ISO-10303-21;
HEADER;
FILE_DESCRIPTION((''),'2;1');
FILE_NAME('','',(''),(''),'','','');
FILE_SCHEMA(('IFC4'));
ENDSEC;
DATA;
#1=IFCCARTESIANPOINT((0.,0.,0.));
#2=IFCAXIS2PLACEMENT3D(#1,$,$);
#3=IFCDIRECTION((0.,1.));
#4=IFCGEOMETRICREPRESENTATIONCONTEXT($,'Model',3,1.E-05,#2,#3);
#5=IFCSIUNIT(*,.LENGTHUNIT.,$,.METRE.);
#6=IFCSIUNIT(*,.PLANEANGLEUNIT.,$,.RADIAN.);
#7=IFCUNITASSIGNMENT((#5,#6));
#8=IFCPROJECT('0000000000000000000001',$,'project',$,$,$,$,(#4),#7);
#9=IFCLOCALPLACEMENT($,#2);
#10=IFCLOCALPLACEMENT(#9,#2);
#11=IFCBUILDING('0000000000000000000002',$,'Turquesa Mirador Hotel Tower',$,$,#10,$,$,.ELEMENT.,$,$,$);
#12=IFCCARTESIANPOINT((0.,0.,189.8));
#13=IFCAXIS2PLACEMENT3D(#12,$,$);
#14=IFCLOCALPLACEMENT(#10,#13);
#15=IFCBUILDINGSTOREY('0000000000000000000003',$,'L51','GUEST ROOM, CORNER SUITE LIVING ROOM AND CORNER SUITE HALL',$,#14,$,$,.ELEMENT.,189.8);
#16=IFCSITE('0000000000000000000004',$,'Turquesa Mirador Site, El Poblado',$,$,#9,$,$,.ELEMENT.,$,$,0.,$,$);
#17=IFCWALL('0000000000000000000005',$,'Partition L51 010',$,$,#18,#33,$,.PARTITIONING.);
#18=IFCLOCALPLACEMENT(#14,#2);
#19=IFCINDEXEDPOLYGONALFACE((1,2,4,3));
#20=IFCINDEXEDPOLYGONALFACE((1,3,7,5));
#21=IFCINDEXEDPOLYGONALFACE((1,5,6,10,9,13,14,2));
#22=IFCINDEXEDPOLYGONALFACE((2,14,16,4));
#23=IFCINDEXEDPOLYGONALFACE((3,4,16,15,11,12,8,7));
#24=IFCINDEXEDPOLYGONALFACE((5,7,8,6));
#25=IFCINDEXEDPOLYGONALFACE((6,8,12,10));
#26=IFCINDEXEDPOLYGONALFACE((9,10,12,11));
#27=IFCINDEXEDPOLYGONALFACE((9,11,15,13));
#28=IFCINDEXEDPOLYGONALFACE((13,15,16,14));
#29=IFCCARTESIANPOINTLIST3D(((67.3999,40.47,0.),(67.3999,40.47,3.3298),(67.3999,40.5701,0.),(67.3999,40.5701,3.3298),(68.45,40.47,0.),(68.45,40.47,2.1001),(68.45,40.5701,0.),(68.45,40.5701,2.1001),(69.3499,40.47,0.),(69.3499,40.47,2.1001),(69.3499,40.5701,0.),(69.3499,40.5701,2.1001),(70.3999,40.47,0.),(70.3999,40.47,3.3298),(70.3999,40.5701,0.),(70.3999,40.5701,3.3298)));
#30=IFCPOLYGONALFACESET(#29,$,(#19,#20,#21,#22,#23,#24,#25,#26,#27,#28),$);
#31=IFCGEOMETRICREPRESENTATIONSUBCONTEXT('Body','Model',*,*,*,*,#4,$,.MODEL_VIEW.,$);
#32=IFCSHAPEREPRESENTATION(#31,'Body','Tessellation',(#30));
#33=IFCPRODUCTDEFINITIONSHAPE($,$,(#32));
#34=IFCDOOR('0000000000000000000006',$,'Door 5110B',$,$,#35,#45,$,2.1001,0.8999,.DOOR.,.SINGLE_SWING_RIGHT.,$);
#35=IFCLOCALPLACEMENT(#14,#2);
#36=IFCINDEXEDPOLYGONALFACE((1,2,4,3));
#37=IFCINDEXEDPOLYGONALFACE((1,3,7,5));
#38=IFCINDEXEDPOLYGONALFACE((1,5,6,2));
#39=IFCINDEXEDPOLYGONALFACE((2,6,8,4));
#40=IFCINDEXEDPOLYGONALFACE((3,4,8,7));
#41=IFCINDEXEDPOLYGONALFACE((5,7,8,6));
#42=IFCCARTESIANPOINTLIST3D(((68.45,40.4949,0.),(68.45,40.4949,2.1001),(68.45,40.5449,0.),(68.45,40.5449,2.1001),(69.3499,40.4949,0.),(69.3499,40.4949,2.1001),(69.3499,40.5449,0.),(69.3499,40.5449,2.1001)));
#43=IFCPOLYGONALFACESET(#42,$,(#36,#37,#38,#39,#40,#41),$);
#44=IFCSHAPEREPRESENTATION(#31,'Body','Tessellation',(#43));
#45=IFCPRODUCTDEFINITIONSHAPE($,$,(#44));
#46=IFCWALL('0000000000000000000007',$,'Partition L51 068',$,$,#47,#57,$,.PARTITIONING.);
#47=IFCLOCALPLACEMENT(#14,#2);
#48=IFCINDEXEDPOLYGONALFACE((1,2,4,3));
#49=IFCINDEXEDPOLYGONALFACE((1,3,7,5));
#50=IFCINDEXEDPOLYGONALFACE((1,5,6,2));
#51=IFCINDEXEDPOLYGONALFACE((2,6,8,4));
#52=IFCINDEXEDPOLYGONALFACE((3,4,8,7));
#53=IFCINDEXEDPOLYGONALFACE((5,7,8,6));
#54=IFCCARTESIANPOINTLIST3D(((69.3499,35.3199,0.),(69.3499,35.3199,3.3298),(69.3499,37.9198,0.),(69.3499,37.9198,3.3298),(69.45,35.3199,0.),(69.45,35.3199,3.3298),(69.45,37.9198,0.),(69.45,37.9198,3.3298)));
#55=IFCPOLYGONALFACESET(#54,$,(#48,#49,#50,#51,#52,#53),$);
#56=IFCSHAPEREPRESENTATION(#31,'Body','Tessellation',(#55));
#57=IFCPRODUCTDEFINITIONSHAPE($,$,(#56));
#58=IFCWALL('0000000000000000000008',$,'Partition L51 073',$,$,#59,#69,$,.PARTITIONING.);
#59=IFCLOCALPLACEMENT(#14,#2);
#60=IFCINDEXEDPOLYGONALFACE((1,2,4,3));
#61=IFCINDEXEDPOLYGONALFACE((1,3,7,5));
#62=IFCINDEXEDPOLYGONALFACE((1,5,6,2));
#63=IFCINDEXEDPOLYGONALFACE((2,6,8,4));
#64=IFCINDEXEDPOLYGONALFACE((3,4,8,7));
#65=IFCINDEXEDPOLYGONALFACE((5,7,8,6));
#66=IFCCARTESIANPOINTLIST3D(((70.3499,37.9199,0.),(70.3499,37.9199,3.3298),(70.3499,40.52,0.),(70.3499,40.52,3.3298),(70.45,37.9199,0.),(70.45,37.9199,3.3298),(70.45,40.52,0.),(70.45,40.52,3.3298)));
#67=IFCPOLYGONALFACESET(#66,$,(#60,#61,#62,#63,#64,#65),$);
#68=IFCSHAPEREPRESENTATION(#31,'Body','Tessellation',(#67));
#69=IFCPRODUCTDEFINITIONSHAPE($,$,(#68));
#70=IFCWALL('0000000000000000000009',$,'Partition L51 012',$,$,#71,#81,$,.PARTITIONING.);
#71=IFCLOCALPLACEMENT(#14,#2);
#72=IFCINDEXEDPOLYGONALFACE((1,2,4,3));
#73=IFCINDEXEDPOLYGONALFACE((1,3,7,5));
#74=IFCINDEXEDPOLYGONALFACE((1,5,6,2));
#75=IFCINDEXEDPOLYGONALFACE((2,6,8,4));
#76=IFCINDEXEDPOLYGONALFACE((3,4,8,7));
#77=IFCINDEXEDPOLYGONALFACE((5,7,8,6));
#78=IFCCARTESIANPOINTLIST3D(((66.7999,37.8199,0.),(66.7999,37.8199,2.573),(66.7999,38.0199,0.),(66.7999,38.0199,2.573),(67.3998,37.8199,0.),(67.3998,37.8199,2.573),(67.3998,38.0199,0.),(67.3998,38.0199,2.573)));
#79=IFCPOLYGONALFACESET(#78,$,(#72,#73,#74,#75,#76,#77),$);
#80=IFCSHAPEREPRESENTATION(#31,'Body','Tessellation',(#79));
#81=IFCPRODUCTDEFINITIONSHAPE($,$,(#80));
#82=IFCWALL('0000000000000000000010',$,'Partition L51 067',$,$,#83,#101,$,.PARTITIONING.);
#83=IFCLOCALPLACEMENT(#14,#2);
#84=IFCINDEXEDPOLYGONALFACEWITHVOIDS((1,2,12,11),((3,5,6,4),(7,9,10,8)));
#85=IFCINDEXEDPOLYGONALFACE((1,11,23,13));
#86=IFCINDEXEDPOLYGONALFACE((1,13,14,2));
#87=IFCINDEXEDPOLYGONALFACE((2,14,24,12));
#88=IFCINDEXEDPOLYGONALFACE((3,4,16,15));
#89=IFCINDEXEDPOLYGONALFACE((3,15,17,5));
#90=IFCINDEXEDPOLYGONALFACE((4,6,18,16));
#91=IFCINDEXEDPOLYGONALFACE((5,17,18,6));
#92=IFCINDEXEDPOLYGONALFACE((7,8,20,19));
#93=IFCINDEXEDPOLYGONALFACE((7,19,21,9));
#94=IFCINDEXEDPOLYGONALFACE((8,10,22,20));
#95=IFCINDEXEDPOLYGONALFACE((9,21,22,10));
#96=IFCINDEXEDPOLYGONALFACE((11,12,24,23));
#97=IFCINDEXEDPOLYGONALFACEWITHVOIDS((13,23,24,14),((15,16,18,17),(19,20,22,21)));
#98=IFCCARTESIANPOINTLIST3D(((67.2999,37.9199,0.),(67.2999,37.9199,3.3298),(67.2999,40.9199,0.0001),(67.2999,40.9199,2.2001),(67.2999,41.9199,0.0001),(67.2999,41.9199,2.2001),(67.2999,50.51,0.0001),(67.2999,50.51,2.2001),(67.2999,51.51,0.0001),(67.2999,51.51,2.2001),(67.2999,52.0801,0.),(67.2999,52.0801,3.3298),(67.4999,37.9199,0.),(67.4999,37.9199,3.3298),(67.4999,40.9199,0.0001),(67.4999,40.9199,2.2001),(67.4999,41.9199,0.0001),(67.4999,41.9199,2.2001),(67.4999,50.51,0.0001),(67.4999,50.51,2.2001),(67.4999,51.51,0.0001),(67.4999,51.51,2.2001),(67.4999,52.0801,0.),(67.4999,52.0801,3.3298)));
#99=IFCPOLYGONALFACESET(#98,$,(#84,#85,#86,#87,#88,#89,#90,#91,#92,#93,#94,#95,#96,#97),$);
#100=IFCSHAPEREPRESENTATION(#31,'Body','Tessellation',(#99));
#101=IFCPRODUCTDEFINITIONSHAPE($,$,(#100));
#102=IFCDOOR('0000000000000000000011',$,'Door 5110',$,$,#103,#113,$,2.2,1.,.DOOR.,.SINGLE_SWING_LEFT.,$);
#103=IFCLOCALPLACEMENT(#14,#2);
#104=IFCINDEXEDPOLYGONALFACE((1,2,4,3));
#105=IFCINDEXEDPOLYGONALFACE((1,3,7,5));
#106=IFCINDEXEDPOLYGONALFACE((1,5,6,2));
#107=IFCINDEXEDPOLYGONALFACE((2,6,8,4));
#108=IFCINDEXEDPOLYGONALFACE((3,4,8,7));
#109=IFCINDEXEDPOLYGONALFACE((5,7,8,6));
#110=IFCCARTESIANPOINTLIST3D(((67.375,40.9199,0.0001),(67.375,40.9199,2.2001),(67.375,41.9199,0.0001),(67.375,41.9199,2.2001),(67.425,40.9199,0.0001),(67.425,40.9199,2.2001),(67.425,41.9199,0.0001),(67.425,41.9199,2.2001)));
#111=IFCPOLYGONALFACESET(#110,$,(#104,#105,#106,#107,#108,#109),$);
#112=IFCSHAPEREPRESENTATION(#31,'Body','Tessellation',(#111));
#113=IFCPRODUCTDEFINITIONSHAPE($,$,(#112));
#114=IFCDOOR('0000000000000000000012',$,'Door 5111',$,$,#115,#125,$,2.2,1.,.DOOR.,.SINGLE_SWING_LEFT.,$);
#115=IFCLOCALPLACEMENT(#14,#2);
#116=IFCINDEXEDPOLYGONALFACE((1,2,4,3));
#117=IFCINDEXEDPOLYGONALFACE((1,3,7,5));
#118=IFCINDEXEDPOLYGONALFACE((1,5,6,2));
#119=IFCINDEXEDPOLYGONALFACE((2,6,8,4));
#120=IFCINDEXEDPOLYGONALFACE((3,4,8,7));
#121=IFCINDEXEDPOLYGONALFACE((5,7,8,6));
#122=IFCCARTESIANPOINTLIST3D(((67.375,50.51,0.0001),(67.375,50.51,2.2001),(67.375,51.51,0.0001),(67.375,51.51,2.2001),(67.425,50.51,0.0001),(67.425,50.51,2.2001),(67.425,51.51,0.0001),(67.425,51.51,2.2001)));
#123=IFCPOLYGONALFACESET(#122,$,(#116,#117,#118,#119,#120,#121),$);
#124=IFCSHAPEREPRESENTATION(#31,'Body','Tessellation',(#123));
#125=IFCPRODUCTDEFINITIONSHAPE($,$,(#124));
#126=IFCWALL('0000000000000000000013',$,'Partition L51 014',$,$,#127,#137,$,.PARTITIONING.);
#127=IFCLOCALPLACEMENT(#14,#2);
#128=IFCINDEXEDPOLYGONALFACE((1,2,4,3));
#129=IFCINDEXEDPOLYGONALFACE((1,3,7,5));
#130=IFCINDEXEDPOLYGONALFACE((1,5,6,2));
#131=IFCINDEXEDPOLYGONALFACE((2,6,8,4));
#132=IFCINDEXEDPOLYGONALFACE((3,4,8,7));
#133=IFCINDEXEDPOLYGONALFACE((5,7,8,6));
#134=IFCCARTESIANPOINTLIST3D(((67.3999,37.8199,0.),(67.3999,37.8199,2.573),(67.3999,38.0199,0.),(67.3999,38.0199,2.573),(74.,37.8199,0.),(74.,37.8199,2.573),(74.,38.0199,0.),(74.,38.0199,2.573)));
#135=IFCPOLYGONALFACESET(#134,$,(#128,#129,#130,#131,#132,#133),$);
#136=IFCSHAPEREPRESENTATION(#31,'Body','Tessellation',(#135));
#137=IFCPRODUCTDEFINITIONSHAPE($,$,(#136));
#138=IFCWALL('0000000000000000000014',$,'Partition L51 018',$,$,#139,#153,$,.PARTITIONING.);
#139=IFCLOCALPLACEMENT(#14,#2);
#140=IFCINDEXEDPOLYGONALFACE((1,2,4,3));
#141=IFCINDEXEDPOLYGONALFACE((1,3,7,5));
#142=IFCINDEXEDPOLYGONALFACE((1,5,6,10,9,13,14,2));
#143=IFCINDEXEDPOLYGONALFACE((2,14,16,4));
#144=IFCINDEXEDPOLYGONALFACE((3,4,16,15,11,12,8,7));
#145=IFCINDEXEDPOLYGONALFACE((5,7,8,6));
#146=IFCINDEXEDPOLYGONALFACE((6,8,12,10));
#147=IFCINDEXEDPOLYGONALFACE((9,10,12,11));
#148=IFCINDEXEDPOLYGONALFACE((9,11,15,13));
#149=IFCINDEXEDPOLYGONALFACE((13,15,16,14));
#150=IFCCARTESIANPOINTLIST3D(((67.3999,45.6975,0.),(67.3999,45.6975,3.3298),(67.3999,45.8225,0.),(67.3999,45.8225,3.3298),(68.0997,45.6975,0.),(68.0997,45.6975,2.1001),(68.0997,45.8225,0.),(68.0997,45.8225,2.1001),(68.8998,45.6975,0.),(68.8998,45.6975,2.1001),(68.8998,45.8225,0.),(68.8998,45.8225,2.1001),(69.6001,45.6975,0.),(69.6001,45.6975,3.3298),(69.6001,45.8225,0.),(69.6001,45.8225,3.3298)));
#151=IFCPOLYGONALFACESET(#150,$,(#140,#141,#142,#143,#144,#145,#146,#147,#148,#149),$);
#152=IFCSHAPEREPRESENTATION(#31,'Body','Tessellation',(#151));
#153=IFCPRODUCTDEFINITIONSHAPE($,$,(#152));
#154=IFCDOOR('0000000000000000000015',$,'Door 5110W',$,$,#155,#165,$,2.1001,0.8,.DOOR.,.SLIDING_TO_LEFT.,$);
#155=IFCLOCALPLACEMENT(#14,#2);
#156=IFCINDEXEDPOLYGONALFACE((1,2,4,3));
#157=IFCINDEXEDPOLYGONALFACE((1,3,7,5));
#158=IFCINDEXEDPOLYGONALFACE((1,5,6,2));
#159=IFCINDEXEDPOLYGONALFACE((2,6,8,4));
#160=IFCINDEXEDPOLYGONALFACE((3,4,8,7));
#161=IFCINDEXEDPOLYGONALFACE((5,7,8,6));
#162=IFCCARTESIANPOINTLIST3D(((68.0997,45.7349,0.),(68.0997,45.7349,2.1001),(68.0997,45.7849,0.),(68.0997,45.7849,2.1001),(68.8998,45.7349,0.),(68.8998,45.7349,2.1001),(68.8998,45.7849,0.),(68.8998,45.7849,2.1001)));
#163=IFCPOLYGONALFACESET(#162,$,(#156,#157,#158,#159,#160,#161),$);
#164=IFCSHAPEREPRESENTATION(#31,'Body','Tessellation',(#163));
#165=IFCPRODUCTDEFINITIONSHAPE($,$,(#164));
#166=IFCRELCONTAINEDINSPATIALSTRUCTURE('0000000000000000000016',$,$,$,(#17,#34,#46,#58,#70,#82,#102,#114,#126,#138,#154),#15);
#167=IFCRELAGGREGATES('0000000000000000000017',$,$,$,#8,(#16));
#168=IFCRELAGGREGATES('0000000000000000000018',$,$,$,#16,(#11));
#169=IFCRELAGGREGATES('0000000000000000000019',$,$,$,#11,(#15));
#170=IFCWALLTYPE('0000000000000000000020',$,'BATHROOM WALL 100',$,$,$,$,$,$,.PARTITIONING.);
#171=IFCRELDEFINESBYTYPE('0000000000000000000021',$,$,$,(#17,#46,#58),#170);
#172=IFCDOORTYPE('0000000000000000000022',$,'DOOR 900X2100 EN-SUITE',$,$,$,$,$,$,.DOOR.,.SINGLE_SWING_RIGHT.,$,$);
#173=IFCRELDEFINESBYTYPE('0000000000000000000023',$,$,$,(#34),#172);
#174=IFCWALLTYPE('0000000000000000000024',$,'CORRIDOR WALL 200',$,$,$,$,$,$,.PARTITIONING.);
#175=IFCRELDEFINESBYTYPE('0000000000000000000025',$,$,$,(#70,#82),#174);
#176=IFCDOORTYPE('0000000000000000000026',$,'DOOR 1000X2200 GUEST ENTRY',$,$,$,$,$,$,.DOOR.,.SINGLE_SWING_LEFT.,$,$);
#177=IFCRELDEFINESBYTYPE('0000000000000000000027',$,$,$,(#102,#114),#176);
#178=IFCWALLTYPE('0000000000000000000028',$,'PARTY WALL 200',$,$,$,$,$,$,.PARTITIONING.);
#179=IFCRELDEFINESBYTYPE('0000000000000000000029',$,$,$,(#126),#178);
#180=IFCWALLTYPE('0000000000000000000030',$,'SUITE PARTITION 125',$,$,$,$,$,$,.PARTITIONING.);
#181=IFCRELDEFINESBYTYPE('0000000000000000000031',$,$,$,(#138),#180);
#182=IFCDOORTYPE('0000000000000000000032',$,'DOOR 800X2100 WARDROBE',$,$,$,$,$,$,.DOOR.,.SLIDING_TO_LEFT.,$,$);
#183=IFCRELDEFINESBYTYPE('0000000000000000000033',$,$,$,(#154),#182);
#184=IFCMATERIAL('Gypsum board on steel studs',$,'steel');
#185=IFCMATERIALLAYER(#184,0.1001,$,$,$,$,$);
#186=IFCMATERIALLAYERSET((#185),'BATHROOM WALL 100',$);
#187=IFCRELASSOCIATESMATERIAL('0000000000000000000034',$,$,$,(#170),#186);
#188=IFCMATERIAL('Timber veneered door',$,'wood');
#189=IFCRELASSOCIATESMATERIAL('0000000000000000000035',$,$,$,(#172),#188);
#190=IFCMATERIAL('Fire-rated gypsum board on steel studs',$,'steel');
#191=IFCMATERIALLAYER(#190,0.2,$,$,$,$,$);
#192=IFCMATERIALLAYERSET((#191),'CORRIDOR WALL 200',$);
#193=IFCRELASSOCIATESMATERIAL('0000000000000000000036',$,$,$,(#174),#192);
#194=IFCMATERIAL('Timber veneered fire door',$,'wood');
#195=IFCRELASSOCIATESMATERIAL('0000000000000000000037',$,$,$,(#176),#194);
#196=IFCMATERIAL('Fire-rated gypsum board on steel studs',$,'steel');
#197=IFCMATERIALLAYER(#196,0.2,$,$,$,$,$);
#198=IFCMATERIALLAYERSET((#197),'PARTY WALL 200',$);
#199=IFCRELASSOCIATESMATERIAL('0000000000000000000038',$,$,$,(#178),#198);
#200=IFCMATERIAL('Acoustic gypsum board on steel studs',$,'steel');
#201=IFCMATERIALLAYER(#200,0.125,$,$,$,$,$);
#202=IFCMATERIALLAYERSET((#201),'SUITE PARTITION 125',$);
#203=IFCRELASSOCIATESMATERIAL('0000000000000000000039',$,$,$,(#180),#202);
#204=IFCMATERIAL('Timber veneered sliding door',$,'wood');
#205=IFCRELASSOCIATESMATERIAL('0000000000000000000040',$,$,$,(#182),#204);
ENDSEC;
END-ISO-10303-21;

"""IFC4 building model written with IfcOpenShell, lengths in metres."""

from ifc_helpers import new_model, si_unit, direction, frame, frame_2d, origin, place, context, subcontext, project, spatial, rectangle, extrude, material, layer, layer_set, type_object, element, fill, save


model = new_model("IFC4")

# Units and contexts
model_context = context("Model", 3, precision=1e-05, world=origin(), true_north=direction((0.0, 1.0)))
body_context = subcontext(model_context, "Body", "Model", "MODEL_VIEW")
ifc_project = project(units=[si_unit("LENGTHUNIT", "METRE"), si_unit("PLANEANGLEUNIT", "RADIAN")], contexts=[model_context])

# Site, building, storey
site_placement = place(None, origin())
site = spatial("IfcSite", under=ifc_project, at=site_placement, Name="Turquesa Mirador Site, El Poblado", CompositionType="ELEMENT", RefElevation=0.0)
building_placement = place(site_placement, origin())
building = spatial("IfcBuilding", under=site, at=building_placement, Name="Turquesa Mirador Hotel Tower", CompositionType="ELEMENT")
storey_placement = place(building_placement, frame((0.0, 0.0, 189.8)))
storey = spatial("IfcBuildingStorey", under=building, at=storey_placement, Name="L51", Description="GUEST ROOM, CORNER SUITE LIVING ROOM AND CORNER SUITE HALL", CompositionType="ELEMENT", Elevation=189.8)

# Wall, opening, door
ifc_material_1 = material(Name="Gypsum board on steel studs", Category="steel")
ifc_layer_1 = layer(ifc_material_1, 0.1001)
ifc_layer_set_1 = layer_set([ifc_layer_1], Name="BATHROOM WALL 100")
wall_type_1 = type_object("IfcWallType", Name="BATHROOM WALL 100", PredefinedType="PARTITIONING", material=ifc_layer_set_1)
wall_1_placement = place(storey_placement, frame((67.3999, 40.52, 0.0), z_axis=(0.0, 0.0, 1.0), x_axis=(1.0, 0.0, 0.0)))
wall_1 = element("IfcWall", 1, at=wall_1_placement, inside=storey, type_object=wall_type_1, Name="Partition L51 010", PredefinedType="PARTITIONING", context=body_context, shape_type="SweptSolid", body=[
    extrude(rectangle(XDim=3.0, YDim=0.1001, at=frame_2d((1.5, 0.0))), origin(), (0.0, 0.0, 1.0), 3.3298),
])
opening_1_placement = place(wall_1_placement, frame((1.05, 0.0, 0.0)))
opening_1 = element("IfcOpeningElement", 2, at=opening_1_placement, cuts=wall_1, PredefinedType="OPENING", context=body_context, shape_type="SweptSolid", body=[
    extrude(rectangle(XDim=0.8999, YDim=2.1001, at=frame_2d((0.45, 1.05))), frame((0.0, 0.0601, 0.0), z_axis=(0.0, -1.0, 0.0), x_axis=(1.0, 0.0, 0.0)), (0.0, 0.0, 1.0), 0.1201),
])
ifc_material_2 = material(Name="Timber veneered door", Category="wood")
door_type_1 = type_object("IfcDoorType", Name="DOOR 900X2100 EN-SUITE", OperationType="SINGLE_SWING_RIGHT", PredefinedType="DOOR", material=ifc_material_2)
door_1_placement = place(opening_1_placement, origin())
door_1 = element("IfcDoor", 3, at=door_1_placement, inside=storey, type_object=door_type_1, Name="Door 5110B", OperationType="SINGLE_SWING_RIGHT", OverallHeight=2.1001, OverallWidth=0.8999, PredefinedType="DOOR", context=body_context, shape_type="SweptSolid", body=[
    extrude(rectangle(XDim=0.8999, YDim=2.1001, at=frame_2d((0.45, 1.05))), frame((0.0, 0.0249, 0.0), z_axis=(0.0, -1.0, 0.0), x_axis=(1.0, 0.0, 0.0)), (0.0, 0.0, 1.0), 0.05),
])
fill(opening_1, door_1)

# Walls
wall_2_placement = place(storey_placement, frame((69.3999, 35.3201, 0.0), z_axis=(0.0, 0.0, 1.0), x_axis=(0.0, 1.0, 0.0)))
element("IfcWall", 4, at=wall_2_placement, inside=storey, type_object=wall_type_1, Name="Partition L51 068", PredefinedType="PARTITIONING", context=body_context, shape_type="SweptSolid", body=[
    extrude(rectangle(XDim=2.5999, YDim=0.1001, at=frame_2d((1.2998, 0.0))), origin(), (0.0, 0.0, 1.0), 3.3298),
])
wall_3_placement = place(storey_placement, frame((70.3999, 37.9199, 0.0), z_axis=(0.0, 0.0, 1.0), x_axis=(0.0, 1.0, 0.0)))
element("IfcWall", 5, at=wall_3_placement, inside=storey, type_object=wall_type_1, Name="Partition L51 073", PredefinedType="PARTITIONING", context=body_context, shape_type="SweptSolid", body=[
    extrude(rectangle(XDim=2.6001, YDim=0.1001, at=frame_2d((1.3, 0.0))), origin(), (0.0, 0.0, 1.0), 3.3298),
])
ifc_material_3 = material(Name="Fire-rated gypsum board on steel studs", Category="steel")
ifc_layer_2 = layer(ifc_material_3, 0.2)
ifc_layer_set_2 = layer_set([ifc_layer_2], Name="CORRIDOR WALL 200")
wall_type_2 = type_object("IfcWallType", Name="CORRIDOR WALL 200", PredefinedType="PARTITIONING", material=ifc_layer_set_2)
wall_4_placement = place(storey_placement, frame((66.8, 37.9199, 0.0), z_axis=(0.0, 0.0, 1.0), x_axis=(1.0, 0.0, 0.0)))
element("IfcWall", 6, at=wall_4_placement, inside=storey, type_object=wall_type_2, Name="Partition L51 012", PredefinedType="PARTITIONING", context=body_context, shape_type="SweptSolid", body=[
    extrude(rectangle(XDim=0.5999, YDim=0.2, at=frame_2d((0.2998, 0.0))), origin(), (0.0, 0.0, 1.0), 2.573),
])

# Wall, openings, doors
wall_5_placement = place(storey_placement, frame((67.3999, 37.9199, 0.0), z_axis=(0.0, 0.0, 1.0), x_axis=(0.0, 1.0, 0.0)))
wall_5 = element("IfcWall", 7, at=wall_5_placement, inside=storey, type_object=wall_type_2, Name="Partition L51 067", PredefinedType="PARTITIONING", context=body_context, shape_type="SweptSolid", body=[
    extrude(rectangle(XDim=14.1602, YDim=0.2, at=frame_2d((7.0801, 0.0))), origin(), (0.0, 0.0, 1.0), 3.3298),
])
opening_2_placement = place(wall_5_placement, frame((3.0, 0.0, 0.0)))
opening_2 = element("IfcOpeningElement", 8, at=opening_2_placement, cuts=wall_5, PredefinedType="OPENING", context=body_context, shape_type="SweptSolid", body=[
    extrude(rectangle(XDim=1.0, YDim=2.2, at=frame_2d((0.5, 1.1001))), frame((0.0, 0.1099, 0.0), z_axis=(0.0, -1.0, 0.0), x_axis=(1.0, 0.0, 0.0)), (0.0, 0.0, 1.0), 0.22),
])
opening_3_placement = place(wall_5_placement, frame((12.5901, 0.0, 0.0)))
opening_3 = element("IfcOpeningElement", 9, at=opening_3_placement, cuts=wall_5, PredefinedType="OPENING", context=body_context, shape_type="SweptSolid", body=[
    extrude(rectangle(XDim=1.0, YDim=2.2, at=frame_2d((0.5, 1.1001))), frame((0.0, 0.1099, 0.0), z_axis=(0.0, -1.0, 0.0), x_axis=(1.0, 0.0, 0.0)), (0.0, 0.0, 1.0), 0.22),
])
ifc_material_4 = material(Name="Timber veneered fire door", Category="wood")
door_type_2 = type_object("IfcDoorType", Name="DOOR 1000X2200 GUEST ENTRY", OperationType="SINGLE_SWING_LEFT", PredefinedType="DOOR", material=ifc_material_4)
door_2_placement = place(opening_2_placement, origin())
door_2 = element("IfcDoor", 10, at=door_2_placement, inside=storey, type_object=door_type_2, Name="Door 5110", OperationType="SINGLE_SWING_LEFT", OverallHeight=2.2, OverallWidth=1.0, PredefinedType="DOOR", context=body_context, shape_type="SweptSolid", body=[
    extrude(rectangle(XDim=1.0, YDim=2.2, at=frame_2d((0.5, 1.1001))), frame((0.0, 0.0249, 0.0), z_axis=(0.0, -1.0, 0.0), x_axis=(1.0, 0.0, 0.0)), (0.0, 0.0, 1.0), 0.05),
])
fill(opening_2, door_2)
door_3_placement = place(opening_3_placement, origin())
door_3 = element("IfcDoor", 11, at=door_3_placement, inside=storey, type_object=door_type_2, Name="Door 5111", OperationType="SINGLE_SWING_LEFT", OverallHeight=2.2, OverallWidth=1.0, PredefinedType="DOOR", context=body_context, shape_type="SweptSolid", body=[
    extrude(rectangle(XDim=1.0, YDim=2.2, at=frame_2d((0.5, 1.1001))), frame((0.0, 0.0249, 0.0), z_axis=(0.0, -1.0, 0.0), x_axis=(1.0, 0.0, 0.0)), (0.0, 0.0, 1.0), 0.05),
])
fill(opening_3, door_3)

# Wall
ifc_material_5 = material(Name="Fire-rated gypsum board on steel studs", Category="steel")
ifc_layer_3 = layer(ifc_material_5, 0.2)
ifc_layer_set_3 = layer_set([ifc_layer_3], Name="PARTY WALL 200")
wall_type_3 = type_object("IfcWallType", Name="PARTY WALL 200", PredefinedType="PARTITIONING", material=ifc_layer_set_3)
wall_6_placement = place(storey_placement, frame((67.3999, 37.9199, 0.0), z_axis=(0.0, 0.0, 1.0), x_axis=(1.0, 0.0, 0.0)))
element("IfcWall", 12, at=wall_6_placement, inside=storey, type_object=wall_type_3, Name="Partition L51 014", PredefinedType="PARTITIONING", context=body_context, shape_type="SweptSolid", body=[
    extrude(rectangle(XDim=6.6001, YDim=0.2, at=frame_2d((3.3, 0.0))), origin(), (0.0, 0.0, 1.0), 2.573),
])

# Wall, opening, door
ifc_material_6 = material(Name="Acoustic gypsum board on steel studs", Category="steel")
ifc_layer_4 = layer(ifc_material_6, 0.125)
ifc_layer_set_4 = layer_set([ifc_layer_4], Name="SUITE PARTITION 125")
wall_type_4 = type_object("IfcWallType", Name="SUITE PARTITION 125", PredefinedType="PARTITIONING", material=ifc_layer_set_4)
wall_7_placement = place(storey_placement, frame((67.3999, 45.76, 0.0), z_axis=(0.0, 0.0, 1.0), x_axis=(1.0, 0.0, 0.0)))
wall_7 = element("IfcWall", 13, at=wall_7_placement, inside=storey, type_object=wall_type_4, Name="Partition L51 018", PredefinedType="PARTITIONING", context=body_context, shape_type="SweptSolid", body=[
    extrude(rectangle(XDim=2.2002, YDim=0.125, at=frame_2d((1.1001, 0.0))), origin(), (0.0, 0.0, 1.0), 3.3298),
])
opening_4_placement = place(wall_7_placement, frame((0.7, 0.0, 0.0)))
opening_4 = element("IfcOpeningElement", 14, at=opening_4_placement, cuts=wall_7, PredefinedType="OPENING", context=body_context, shape_type="SweptSolid", body=[
    extrude(rectangle(XDim=0.8, YDim=2.1001, at=frame_2d((0.3999, 1.05))), frame((0.0, 0.0725, 0.0), z_axis=(0.0, -1.0, 0.0), x_axis=(1.0, 0.0, 0.0)), (0.0, 0.0, 1.0), 0.145),
])
ifc_material_7 = material(Name="Timber veneered sliding door", Category="wood")
door_type_3 = type_object("IfcDoorType", Name="DOOR 800X2100 WARDROBE", OperationType="SLIDING_TO_LEFT", PredefinedType="DOOR", material=ifc_material_7)
door_4_placement = place(opening_4_placement, origin())
door_4 = element("IfcDoor", 15, at=door_4_placement, inside=storey, type_object=door_type_3, Name="Door 5110W", OperationType="SLIDING_TO_LEFT", OverallHeight=2.1001, OverallWidth=0.8, PredefinedType="DOOR", context=body_context, shape_type="SweptSolid", body=[
    extrude(rectangle(XDim=0.8, YDim=2.1001, at=frame_2d((0.3999, 1.05))), frame((0.0, 0.0249, 0.0), z_axis=(0.0, -1.0, 0.0), x_axis=(1.0, 0.0, 0.0)), (0.0, 0.0, 1.0), 0.05),
])
fill(opening_4, door_4)

save(model, "model.ifc")
